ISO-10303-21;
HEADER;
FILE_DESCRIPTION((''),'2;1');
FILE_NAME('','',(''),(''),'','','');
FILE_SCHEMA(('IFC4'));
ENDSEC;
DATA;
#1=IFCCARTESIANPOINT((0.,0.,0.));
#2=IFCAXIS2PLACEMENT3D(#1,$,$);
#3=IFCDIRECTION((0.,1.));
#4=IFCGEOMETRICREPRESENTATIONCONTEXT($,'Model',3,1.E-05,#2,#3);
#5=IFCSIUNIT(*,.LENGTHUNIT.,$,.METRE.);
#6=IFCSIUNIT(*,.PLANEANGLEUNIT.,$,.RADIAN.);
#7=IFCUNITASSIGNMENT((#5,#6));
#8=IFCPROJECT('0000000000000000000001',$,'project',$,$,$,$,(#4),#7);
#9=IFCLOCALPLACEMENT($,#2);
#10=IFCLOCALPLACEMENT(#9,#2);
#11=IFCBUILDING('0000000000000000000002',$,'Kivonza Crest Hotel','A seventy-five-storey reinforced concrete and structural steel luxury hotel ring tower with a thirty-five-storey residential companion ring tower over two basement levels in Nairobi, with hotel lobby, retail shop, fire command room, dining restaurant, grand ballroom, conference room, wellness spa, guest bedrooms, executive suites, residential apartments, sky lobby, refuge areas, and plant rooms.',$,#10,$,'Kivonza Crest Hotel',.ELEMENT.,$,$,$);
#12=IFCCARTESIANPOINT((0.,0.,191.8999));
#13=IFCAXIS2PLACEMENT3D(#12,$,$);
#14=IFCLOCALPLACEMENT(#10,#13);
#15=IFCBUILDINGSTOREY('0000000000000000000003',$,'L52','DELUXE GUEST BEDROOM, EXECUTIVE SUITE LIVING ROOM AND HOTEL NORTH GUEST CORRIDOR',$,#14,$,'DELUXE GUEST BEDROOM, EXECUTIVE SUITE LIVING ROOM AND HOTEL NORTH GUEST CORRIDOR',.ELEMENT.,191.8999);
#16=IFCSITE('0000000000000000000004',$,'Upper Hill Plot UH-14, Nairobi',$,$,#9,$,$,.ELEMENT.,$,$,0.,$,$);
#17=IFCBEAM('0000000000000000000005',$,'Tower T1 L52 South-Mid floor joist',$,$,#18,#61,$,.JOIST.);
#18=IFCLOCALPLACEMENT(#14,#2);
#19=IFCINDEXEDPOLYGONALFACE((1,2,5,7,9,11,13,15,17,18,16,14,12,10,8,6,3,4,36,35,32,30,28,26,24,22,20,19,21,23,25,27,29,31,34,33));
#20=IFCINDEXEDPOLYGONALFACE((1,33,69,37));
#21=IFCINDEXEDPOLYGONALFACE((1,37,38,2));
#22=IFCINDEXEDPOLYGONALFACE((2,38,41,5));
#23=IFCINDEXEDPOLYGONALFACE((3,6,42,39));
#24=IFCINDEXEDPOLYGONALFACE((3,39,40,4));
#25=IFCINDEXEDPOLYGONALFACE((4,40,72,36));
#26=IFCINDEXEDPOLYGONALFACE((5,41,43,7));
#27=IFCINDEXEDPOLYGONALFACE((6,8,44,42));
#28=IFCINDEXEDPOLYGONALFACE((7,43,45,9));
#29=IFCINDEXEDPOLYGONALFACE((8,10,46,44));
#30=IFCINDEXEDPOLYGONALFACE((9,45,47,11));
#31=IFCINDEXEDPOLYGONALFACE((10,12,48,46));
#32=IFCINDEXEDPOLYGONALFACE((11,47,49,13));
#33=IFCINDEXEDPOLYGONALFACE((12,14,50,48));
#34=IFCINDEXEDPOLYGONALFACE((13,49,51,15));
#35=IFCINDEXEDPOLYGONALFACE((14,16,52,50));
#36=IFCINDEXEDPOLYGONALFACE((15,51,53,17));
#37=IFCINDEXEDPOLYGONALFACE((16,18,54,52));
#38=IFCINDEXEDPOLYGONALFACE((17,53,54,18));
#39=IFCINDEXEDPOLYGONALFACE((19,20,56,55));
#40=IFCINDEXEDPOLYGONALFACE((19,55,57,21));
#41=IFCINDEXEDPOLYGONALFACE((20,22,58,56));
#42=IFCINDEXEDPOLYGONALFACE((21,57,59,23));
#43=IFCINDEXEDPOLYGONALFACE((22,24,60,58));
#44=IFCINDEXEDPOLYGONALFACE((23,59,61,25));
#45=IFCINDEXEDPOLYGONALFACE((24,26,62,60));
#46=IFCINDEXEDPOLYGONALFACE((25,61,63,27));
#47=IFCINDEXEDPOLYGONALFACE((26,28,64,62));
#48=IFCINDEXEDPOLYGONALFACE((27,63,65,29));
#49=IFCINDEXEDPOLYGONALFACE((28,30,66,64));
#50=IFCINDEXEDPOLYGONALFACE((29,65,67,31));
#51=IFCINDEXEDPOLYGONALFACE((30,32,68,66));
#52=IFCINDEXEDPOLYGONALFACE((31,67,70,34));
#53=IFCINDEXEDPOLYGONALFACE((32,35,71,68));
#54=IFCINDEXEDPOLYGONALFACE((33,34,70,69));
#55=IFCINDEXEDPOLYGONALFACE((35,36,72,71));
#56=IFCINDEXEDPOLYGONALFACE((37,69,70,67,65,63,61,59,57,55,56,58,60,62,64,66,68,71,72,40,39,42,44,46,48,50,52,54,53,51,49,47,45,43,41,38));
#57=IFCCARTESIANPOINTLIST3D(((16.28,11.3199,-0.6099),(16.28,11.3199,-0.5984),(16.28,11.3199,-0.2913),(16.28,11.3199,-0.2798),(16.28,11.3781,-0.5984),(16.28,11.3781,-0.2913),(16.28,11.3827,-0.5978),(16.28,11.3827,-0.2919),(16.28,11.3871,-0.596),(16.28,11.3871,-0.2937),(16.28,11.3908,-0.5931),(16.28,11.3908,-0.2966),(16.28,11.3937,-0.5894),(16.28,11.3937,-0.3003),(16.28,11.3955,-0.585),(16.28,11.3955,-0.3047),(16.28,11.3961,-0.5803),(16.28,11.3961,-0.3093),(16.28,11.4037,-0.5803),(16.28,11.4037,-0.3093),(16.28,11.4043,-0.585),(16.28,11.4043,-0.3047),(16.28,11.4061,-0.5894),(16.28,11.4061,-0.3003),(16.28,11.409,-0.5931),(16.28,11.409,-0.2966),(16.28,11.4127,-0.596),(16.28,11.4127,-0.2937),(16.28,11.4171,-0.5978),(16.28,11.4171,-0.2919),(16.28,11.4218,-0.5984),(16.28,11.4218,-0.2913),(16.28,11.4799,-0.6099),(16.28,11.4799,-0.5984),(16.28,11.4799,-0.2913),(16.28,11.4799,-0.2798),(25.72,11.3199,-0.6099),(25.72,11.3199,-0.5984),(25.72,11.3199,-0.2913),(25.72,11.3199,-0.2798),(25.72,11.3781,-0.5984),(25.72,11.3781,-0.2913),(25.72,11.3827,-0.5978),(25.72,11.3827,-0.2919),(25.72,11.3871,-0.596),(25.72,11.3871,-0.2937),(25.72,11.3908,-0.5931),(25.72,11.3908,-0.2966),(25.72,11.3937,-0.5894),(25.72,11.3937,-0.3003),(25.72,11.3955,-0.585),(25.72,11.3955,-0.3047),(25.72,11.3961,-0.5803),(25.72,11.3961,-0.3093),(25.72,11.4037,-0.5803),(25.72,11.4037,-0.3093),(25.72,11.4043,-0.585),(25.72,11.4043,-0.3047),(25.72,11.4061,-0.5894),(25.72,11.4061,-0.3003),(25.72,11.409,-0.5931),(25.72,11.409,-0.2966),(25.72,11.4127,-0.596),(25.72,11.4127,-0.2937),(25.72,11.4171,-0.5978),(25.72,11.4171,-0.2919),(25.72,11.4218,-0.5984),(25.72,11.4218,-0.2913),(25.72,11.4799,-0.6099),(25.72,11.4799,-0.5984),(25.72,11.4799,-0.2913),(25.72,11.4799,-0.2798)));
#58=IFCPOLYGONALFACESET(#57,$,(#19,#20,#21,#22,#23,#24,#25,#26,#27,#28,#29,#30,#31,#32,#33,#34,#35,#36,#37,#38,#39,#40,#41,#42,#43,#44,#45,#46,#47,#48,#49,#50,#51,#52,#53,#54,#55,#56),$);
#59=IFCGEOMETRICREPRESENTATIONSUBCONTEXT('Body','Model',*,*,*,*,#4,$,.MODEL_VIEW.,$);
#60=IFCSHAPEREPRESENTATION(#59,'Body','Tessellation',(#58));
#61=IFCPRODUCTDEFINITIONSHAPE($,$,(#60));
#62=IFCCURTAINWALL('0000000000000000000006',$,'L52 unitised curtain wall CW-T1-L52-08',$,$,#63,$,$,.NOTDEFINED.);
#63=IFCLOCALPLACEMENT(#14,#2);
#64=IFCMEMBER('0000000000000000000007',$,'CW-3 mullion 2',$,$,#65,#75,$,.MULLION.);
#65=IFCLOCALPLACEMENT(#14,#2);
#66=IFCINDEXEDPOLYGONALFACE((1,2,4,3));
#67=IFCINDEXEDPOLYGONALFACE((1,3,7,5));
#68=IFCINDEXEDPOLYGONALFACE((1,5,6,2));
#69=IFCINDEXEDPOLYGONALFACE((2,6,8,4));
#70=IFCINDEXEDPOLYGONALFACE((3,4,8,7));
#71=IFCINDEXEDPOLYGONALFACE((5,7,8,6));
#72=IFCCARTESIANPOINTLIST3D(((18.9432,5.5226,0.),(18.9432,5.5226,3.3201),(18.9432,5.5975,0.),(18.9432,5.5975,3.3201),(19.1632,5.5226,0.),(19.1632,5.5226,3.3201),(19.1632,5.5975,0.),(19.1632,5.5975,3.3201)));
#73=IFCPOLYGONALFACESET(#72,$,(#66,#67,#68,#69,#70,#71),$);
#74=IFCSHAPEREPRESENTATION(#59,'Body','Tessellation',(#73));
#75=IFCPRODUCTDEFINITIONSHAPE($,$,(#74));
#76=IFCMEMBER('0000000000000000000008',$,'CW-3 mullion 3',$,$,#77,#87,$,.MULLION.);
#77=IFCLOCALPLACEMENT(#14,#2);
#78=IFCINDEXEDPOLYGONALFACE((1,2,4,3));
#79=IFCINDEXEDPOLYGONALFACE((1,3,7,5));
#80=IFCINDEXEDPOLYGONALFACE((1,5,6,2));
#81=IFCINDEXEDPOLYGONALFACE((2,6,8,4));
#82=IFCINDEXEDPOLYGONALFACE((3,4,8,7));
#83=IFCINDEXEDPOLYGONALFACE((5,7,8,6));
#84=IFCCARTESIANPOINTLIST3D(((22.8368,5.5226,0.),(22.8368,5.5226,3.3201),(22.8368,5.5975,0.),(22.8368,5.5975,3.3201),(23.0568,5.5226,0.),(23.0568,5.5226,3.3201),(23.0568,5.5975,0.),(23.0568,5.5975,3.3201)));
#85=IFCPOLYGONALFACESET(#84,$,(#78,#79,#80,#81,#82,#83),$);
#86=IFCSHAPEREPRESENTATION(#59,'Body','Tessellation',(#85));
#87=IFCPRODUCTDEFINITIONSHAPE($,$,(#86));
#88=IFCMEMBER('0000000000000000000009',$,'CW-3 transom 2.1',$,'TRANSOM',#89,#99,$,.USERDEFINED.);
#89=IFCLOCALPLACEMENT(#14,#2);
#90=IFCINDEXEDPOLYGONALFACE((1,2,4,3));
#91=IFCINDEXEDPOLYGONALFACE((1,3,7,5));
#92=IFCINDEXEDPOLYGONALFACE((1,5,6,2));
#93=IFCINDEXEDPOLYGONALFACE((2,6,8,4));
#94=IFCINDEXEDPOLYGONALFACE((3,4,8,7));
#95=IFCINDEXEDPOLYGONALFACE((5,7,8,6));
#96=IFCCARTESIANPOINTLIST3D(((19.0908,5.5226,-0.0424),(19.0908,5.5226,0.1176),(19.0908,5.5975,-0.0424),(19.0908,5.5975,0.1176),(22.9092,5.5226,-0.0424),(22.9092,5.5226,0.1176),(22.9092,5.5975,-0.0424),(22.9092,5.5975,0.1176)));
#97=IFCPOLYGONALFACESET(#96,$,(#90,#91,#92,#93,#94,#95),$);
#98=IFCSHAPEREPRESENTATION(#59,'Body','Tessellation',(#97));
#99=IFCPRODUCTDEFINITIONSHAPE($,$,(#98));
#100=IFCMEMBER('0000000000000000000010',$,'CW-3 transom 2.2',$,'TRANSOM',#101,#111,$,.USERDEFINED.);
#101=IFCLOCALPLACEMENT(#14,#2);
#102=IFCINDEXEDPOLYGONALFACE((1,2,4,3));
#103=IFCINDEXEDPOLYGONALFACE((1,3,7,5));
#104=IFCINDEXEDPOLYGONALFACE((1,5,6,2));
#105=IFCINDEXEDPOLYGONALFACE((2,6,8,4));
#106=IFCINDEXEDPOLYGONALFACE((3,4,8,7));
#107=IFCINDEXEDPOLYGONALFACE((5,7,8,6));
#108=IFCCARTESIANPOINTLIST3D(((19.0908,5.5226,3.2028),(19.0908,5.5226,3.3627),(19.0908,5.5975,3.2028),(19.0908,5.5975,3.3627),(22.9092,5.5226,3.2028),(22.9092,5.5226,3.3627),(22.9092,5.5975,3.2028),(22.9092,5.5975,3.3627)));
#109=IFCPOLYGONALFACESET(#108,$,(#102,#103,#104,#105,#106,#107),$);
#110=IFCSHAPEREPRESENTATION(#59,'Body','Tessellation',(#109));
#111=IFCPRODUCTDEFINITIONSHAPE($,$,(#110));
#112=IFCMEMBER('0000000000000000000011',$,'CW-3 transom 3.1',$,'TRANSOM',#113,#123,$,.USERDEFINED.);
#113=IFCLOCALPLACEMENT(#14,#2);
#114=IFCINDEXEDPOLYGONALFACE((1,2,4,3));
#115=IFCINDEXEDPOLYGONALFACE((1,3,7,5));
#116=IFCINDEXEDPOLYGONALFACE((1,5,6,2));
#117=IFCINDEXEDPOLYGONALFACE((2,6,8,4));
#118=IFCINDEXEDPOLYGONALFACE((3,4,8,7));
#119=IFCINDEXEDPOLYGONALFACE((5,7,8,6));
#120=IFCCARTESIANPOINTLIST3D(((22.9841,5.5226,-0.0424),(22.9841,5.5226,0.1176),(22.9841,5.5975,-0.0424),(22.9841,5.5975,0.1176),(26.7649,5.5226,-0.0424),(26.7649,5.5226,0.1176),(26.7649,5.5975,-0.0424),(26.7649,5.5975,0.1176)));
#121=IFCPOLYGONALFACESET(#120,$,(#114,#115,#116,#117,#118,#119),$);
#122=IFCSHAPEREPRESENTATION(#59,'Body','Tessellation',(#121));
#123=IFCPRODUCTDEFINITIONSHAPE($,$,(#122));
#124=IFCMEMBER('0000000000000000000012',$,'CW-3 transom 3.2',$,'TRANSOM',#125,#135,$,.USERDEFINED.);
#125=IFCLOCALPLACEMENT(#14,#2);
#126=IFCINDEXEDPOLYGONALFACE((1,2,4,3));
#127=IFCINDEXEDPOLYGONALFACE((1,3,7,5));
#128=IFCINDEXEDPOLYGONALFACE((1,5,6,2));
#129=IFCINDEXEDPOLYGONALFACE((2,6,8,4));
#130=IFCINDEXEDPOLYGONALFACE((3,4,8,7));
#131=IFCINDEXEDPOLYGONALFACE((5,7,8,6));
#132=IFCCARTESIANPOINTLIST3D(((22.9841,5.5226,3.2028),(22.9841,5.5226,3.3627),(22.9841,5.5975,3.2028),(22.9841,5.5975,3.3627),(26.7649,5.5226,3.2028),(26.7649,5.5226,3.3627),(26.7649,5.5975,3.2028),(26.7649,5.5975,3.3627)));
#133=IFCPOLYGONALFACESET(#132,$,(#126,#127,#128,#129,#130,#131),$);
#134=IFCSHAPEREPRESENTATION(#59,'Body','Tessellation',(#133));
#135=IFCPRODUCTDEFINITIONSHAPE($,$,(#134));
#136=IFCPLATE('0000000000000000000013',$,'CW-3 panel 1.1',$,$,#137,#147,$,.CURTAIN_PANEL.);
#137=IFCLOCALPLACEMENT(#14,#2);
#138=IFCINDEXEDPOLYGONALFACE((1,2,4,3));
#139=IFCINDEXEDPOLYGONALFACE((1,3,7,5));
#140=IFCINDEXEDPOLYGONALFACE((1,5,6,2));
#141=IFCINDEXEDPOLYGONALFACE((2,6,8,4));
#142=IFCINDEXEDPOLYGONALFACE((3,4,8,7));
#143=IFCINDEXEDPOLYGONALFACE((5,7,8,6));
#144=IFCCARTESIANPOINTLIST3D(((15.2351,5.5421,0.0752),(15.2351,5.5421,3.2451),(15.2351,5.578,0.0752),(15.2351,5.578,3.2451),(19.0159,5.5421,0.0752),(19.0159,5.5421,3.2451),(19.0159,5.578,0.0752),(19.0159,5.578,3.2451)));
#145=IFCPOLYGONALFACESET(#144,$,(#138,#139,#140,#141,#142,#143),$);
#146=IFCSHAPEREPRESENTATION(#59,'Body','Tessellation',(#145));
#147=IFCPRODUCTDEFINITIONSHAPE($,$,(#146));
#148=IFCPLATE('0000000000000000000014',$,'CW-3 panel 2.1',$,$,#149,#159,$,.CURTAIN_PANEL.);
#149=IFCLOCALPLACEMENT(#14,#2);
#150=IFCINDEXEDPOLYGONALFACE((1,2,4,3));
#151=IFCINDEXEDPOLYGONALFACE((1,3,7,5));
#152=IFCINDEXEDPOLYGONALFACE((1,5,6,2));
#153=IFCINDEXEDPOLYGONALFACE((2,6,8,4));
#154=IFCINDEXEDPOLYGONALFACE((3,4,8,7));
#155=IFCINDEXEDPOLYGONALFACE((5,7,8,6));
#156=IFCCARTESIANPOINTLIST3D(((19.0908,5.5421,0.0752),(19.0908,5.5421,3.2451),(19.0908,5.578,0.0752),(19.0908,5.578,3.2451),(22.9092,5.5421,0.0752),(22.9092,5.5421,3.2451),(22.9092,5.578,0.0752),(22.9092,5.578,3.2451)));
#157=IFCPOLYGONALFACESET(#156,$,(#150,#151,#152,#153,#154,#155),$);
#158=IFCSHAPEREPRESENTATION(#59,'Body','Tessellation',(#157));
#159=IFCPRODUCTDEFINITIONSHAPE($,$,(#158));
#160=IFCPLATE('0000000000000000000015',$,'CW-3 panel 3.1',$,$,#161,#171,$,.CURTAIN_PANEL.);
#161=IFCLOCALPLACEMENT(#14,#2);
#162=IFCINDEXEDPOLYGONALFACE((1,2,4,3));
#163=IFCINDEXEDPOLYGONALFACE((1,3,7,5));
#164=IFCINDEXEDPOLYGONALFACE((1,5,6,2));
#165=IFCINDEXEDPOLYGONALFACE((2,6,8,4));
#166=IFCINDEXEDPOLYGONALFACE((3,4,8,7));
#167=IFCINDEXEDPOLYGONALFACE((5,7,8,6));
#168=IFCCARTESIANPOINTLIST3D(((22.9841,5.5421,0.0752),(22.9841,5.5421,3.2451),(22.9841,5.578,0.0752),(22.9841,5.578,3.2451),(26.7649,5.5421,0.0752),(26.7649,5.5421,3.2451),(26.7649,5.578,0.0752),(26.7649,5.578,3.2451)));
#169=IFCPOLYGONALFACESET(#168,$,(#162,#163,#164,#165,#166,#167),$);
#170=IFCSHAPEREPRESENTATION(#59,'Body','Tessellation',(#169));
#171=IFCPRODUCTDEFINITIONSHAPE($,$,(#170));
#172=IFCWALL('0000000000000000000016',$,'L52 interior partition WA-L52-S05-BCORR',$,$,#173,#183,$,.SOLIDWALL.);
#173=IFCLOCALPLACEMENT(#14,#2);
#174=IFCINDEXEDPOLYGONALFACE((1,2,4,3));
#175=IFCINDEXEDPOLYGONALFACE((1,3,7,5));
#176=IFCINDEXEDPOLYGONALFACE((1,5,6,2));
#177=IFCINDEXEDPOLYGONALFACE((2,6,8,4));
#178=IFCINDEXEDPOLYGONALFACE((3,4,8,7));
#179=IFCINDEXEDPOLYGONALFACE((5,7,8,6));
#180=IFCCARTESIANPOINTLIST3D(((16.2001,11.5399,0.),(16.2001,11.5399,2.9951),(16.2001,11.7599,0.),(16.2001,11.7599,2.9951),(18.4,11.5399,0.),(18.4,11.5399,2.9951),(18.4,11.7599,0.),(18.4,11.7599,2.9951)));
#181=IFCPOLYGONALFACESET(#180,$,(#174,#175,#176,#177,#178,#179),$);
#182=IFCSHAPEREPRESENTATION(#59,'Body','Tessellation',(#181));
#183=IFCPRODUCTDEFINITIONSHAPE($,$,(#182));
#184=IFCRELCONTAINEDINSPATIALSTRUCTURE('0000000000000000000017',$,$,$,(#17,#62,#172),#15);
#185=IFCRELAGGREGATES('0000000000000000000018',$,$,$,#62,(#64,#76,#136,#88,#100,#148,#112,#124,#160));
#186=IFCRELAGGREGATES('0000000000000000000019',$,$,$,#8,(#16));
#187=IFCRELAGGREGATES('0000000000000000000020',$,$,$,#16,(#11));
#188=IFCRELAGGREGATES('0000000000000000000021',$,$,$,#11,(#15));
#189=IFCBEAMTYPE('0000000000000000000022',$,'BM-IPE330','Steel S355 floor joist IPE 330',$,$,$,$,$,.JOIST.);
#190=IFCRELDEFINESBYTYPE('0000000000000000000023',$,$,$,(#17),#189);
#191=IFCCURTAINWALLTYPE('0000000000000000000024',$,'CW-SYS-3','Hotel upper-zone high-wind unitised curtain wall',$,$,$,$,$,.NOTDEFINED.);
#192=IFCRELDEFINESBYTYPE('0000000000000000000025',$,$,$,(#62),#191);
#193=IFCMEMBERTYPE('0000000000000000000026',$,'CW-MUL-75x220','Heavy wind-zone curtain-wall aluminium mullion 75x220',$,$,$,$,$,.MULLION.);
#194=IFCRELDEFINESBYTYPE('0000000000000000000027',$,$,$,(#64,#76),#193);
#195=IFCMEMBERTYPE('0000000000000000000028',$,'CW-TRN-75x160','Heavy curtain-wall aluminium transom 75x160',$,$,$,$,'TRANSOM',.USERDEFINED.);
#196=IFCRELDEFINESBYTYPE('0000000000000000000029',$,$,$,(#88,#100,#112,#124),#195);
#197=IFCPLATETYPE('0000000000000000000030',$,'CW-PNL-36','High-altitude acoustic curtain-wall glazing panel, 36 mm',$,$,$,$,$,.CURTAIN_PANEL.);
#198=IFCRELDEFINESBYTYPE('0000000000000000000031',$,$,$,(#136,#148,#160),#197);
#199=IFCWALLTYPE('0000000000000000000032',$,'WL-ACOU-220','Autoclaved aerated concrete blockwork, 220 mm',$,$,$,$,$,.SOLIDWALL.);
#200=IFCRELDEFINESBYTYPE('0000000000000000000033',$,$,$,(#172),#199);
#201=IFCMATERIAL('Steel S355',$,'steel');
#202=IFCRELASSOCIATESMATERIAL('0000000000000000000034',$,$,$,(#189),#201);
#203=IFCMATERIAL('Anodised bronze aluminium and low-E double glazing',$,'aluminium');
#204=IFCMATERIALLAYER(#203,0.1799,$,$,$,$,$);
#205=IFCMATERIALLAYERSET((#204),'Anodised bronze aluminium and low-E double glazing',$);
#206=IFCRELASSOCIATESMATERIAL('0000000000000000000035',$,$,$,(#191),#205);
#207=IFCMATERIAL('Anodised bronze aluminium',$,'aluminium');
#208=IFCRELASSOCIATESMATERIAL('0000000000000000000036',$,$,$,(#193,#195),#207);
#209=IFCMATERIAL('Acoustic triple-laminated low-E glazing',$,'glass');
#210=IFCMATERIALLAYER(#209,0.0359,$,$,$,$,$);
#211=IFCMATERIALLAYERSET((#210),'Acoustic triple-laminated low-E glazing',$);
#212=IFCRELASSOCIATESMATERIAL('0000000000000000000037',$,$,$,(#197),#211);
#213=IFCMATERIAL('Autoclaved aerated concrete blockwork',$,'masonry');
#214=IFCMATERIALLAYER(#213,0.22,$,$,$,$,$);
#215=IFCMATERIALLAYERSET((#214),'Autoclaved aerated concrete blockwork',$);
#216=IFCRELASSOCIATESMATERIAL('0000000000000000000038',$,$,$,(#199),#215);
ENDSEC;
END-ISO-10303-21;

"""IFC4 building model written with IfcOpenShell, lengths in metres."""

from ifc_helpers import new_model, si_unit, direction, frame, frame_2d, origin, origin_2d, place, context, subcontext, project, spatial, rectangle, i_section, extrude, material, layer, layer_set, material_profile, profile_set, type_object, element, aggregate, save


model = new_model("IFC4")

# Units and contexts
model_context = context("Model", 3, precision=1e-05, world=origin(), true_north=direction((0.0, 1.0)))
body_context = subcontext(model_context, "Body", "Model", "MODEL_VIEW")
ifc_project = project(units=[si_unit("LENGTHUNIT", "METRE"), si_unit("PLANEANGLEUNIT", "RADIAN")], contexts=[model_context])

# Site, building, storey
site_placement = place(None, origin())
site = spatial("IfcSite", under=ifc_project, at=site_placement, Name="Upper Hill Plot UH-14, Nairobi", CompositionType="ELEMENT", RefElevation=0.0)
building_placement = place(site_placement, origin())
building = spatial("IfcBuilding", under=site, at=building_placement, Name="Kivonza Crest Hotel", Description="A seventy-five-storey reinforced concrete and structural steel luxury hotel ring tower with a thirty-five-storey residential companion ring tower over two basement levels in Nairobi, with hotel lobby, retail shop, fire command room, dining restaurant, grand ballroom, conference room, wellness spa, guest bedrooms, executive suites, residential apartments, sky lobby, refuge areas, and plant rooms.", LongName="Kivonza Crest Hotel", CompositionType="ELEMENT")
storey_placement = place(building_placement, frame((0.0, 0.0, 191.8999)))
storey = spatial("IfcBuildingStorey", under=building, at=storey_placement, Name="L52", Description="DELUXE GUEST BEDROOM, EXECUTIVE SUITE LIVING ROOM AND HOTEL NORTH GUEST CORRIDOR", LongName="DELUXE GUEST BEDROOM, EXECUTIVE SUITE LIVING ROOM AND HOTEL NORTH GUEST CORRIDOR", CompositionType="ELEMENT", Elevation=191.8999)

# Beam
ifc_material_1 = material(Name="Steel S355", Category="steel")
ifc_material_profile_1 = material_profile(ifc_material_1, i_section(OverallWidth=0.1599, OverallDepth=0.3301, WebThickness=0.0076, FlangeThickness=0.0115, FilletRadius=0.0181, at=origin_2d()), Name="IPE 330")
ifc_profile_set_1 = profile_set([ifc_material_profile_1], Name="Steel S355")
beam_type_1 = type_object("IfcBeamType", Name="BM-IPE330", Description="Steel S355 floor joist IPE 330", PredefinedType="JOIST", material=ifc_profile_set_1)
beam_1_placement = place(storey_placement, frame((16.28, 11.3999, -0.4448), z_axis=(1.0, 0.0, 0.0), x_axis=(0.0, 1.0, 0.0)))
element("IfcBeam", 1, at=beam_1_placement, inside=storey, type_object=beam_type_1, Name="Tower T1 L52 South-Mid floor joist", PredefinedType="JOIST", context=body_context, shape_type="SweptSolid", body=[
    extrude(i_section(OverallWidth=0.1599, OverallDepth=0.3301, WebThickness=0.0076, FlangeThickness=0.0115, FilletRadius=0.0181, at=origin_2d()), origin(), (0.0, 0.0, 1.0), 9.4399),
])

# Curtain wall, members, plates
ifc_material_2 = material(Name="Anodised bronze aluminium and low-E double glazing", Category="aluminium")
ifc_layer_1 = layer(ifc_material_2, 0.1799)
ifc_layer_set_1 = layer_set([ifc_layer_1], Name="Anodised bronze aluminium and low-E double glazing")
curtain_wall_type = type_object("IfcCurtainWallType", Name="CW-SYS-3", Description="Hotel upper-zone high-wind unitised curtain wall", PredefinedType="NOTDEFINED", material=ifc_layer_set_1)
curtain_wall_placement = place(storey_placement, origin())
curtain_wall = element("IfcCurtainWall", 2, at=curtain_wall_placement, inside=storey, type_object=curtain_wall_type, Name="L52 unitised curtain wall CW-T1-L52-08", PredefinedType="NOTDEFINED")
ifc_material_3 = material(Name="Anodised bronze aluminium", Category="aluminium")
ifc_material_profile_2 = material_profile(ifc_material_3, rectangle(XDim=0.075, YDim=0.22, at=origin_2d()), Name="CW-M 75x220")
ifc_profile_set_2 = profile_set([ifc_material_profile_2], Name="Anodised bronze aluminium")
member_type_1 = type_object("IfcMemberType", Name="CW-MUL-75x220", Description="Heavy wind-zone curtain-wall aluminium mullion 75x220", PredefinedType="MULLION", material=ifc_profile_set_2)
member_1_placement = place(storey_placement, frame((19.0532, 5.5601, 0.0), z_axis=(0.0, 0.0, 1.0), x_axis=(0.0, 1.0, 0.0)))
member_1 = element("IfcMember", 3, at=member_1_placement, type_object=member_type_1, Name="CW-3 mullion 2", PredefinedType="MULLION", context=body_context, shape_type="SweptSolid", body=[
    extrude(rectangle(XDim=0.075, YDim=0.22, at=origin_2d()), origin(), (0.0, 0.0, 1.0), 3.3201),
])
member_2_placement = place(storey_placement, frame((22.9468, 5.5601, 0.0), z_axis=(0.0, 0.0, 1.0), x_axis=(0.0, 1.0, 0.0)))
member_2 = element("IfcMember", 4, at=member_2_placement, type_object=member_type_1, Name="CW-3 mullion 3", PredefinedType="MULLION", context=body_context, shape_type="SweptSolid", body=[
    extrude(rectangle(XDim=0.075, YDim=0.22, at=origin_2d()), origin(), (0.0, 0.0, 1.0), 3.3201),
])
ifc_material_profile_3 = material_profile(ifc_material_3, rectangle(XDim=0.075, YDim=0.1599, at=origin_2d()), Name="CW-T 75x160")
ifc_profile_set_3 = profile_set([ifc_material_profile_3], Name="Anodised bronze aluminium")
member_type_2 = type_object("IfcMemberType", Name="CW-TRN-75x160", Description="Heavy curtain-wall aluminium transom 75x160", ElementType="TRANSOM", PredefinedType="USERDEFINED", material=ifc_profile_set_3)
member_3_placement = place(storey_placement, frame((19.0908, 5.5601, 0.0376), z_axis=(1.0, 0.0, 0.0), x_axis=(0.0, 1.0, 0.0)))
member_3 = element("IfcMember", 5, at=member_3_placement, type_object=member_type_2, Name="CW-3 transom 2.1", ObjectType="TRANSOM", PredefinedType="USERDEFINED", context=body_context, shape_type="SweptSolid", body=[
    extrude(rectangle(XDim=0.075, YDim=0.1599, at=origin_2d()), origin(), (0.0, 0.0, 1.0), 3.8184),
])
member_4_placement = place(storey_placement, frame((19.0908, 5.5601, 3.2827), z_axis=(1.0, 0.0, 0.0), x_axis=(0.0, 1.0, 0.0)))
member_4 = element("IfcMember", 6, at=member_4_placement, type_object=member_type_2, Name="CW-3 transom 2.2", ObjectType="TRANSOM", PredefinedType="USERDEFINED", context=body_context, shape_type="SweptSolid", body=[
    extrude(rectangle(XDim=0.075, YDim=0.1599, at=origin_2d()), origin(), (0.0, 0.0, 1.0), 3.8184),
])
member_5_placement = place(storey_placement, frame((22.9841, 5.5601, 0.0376), z_axis=(1.0, 0.0, 0.0), x_axis=(0.0, 1.0, 0.0)))
member_5 = element("IfcMember", 7, at=member_5_placement, type_object=member_type_2, Name="CW-3 transom 3.1", ObjectType="TRANSOM", PredefinedType="USERDEFINED", context=body_context, shape_type="SweptSolid", body=[
    extrude(rectangle(XDim=0.075, YDim=0.1599, at=origin_2d()), origin(), (0.0, 0.0, 1.0), 3.7808),
])
member_6_placement = place(storey_placement, frame((22.9841, 5.5601, 3.2827), z_axis=(1.0, 0.0, 0.0), x_axis=(0.0, 1.0, 0.0)))
member_6 = element("IfcMember", 8, at=member_6_placement, type_object=member_type_2, Name="CW-3 transom 3.2", ObjectType="TRANSOM", PredefinedType="USERDEFINED", context=body_context, shape_type="SweptSolid", body=[
    extrude(rectangle(XDim=0.075, YDim=0.1599, at=origin_2d()), origin(), (0.0, 0.0, 1.0), 3.7808),
])
ifc_material_4 = material(Name="Acoustic triple-laminated low-E glazing", Category="glass")
ifc_layer_2 = layer(ifc_material_4, 0.0359)
ifc_layer_set_2 = layer_set([ifc_layer_2], Name="Acoustic triple-laminated low-E glazing")
plate_type = type_object("IfcPlateType", Name="CW-PNL-36", Description="High-altitude acoustic curtain-wall glazing panel, 36 mm", PredefinedType="CURTAIN_PANEL", material=ifc_layer_set_2)
plate_1_placement = place(storey_placement, frame((17.1255, 5.5601, 0.0752), z_axis=(0.0, 0.0, 1.0), x_axis=(1.0, 0.0, 0.0)))
plate_1 = element("IfcPlate", 9, at=plate_1_placement, type_object=plate_type, Name="CW-3 panel 1.1", PredefinedType="CURTAIN_PANEL", context=body_context, shape_type="SweptSolid", body=[
    extrude(rectangle(XDim=3.7808, YDim=0.0359, at=origin_2d()), origin(), (0.0, 0.0, 1.0), 3.1699),
])
plate_2_placement = place(storey_placement, frame((21.0, 5.5601, 0.0752), z_axis=(0.0, 0.0, 1.0), x_axis=(1.0, 0.0, 0.0)))
plate_2 = element("IfcPlate", 10, at=plate_2_placement, type_object=plate_type, Name="CW-3 panel 2.1", PredefinedType="CURTAIN_PANEL", context=body_context, shape_type="SweptSolid", body=[
    extrude(rectangle(XDim=3.8184, YDim=0.0359, at=origin_2d()), origin(), (0.0, 0.0, 1.0), 3.1699),
])
plate_3_placement = place(storey_placement, frame((24.8745, 5.5601, 0.0752), z_axis=(0.0, 0.0, 1.0), x_axis=(1.0, 0.0, 0.0)))
plate_3 = element("IfcPlate", 11, at=plate_3_placement, type_object=plate_type, Name="CW-3 panel 3.1", PredefinedType="CURTAIN_PANEL", context=body_context, shape_type="SweptSolid", body=[
    extrude(rectangle(XDim=3.7808, YDim=0.0359, at=origin_2d()), origin(), (0.0, 0.0, 1.0), 3.1699),
])
aggregate(curtain_wall, [member_1, member_2, plate_1, member_3, member_4, plate_2, member_5, member_6, plate_3])

# Wall
ifc_material_5 = material(Name="Autoclaved aerated concrete blockwork", Category="masonry")
ifc_layer_3 = layer(ifc_material_5, 0.22)
ifc_layer_set_3 = layer_set([ifc_layer_3], Name="Autoclaved aerated concrete blockwork")
wall_type_1 = type_object("IfcWallType", Name="WL-ACOU-220", Description="Autoclaved aerated concrete blockwork, 220 mm", PredefinedType="SOLIDWALL", material=ifc_layer_set_3)
wall_1_placement = place(storey_placement, frame((16.2, 11.6499, 0.0), z_axis=(0.0, 0.0, 1.0), x_axis=(1.0, 0.0, 0.0)))
element("IfcWall", 12, at=wall_1_placement, inside=storey, type_object=wall_type_1, Name="L52 interior partition WA-L52-S05-BCORR", PredefinedType="SOLIDWALL", context=body_context, shape_type="SweptSolid", body=[
    extrude(rectangle(XDim=2.2, YDim=0.22, at=frame_2d((1.1001, 0.0))), origin(), (0.0, 0.0, 1.0), 2.9951),
])

save(model, "model.ifc")
